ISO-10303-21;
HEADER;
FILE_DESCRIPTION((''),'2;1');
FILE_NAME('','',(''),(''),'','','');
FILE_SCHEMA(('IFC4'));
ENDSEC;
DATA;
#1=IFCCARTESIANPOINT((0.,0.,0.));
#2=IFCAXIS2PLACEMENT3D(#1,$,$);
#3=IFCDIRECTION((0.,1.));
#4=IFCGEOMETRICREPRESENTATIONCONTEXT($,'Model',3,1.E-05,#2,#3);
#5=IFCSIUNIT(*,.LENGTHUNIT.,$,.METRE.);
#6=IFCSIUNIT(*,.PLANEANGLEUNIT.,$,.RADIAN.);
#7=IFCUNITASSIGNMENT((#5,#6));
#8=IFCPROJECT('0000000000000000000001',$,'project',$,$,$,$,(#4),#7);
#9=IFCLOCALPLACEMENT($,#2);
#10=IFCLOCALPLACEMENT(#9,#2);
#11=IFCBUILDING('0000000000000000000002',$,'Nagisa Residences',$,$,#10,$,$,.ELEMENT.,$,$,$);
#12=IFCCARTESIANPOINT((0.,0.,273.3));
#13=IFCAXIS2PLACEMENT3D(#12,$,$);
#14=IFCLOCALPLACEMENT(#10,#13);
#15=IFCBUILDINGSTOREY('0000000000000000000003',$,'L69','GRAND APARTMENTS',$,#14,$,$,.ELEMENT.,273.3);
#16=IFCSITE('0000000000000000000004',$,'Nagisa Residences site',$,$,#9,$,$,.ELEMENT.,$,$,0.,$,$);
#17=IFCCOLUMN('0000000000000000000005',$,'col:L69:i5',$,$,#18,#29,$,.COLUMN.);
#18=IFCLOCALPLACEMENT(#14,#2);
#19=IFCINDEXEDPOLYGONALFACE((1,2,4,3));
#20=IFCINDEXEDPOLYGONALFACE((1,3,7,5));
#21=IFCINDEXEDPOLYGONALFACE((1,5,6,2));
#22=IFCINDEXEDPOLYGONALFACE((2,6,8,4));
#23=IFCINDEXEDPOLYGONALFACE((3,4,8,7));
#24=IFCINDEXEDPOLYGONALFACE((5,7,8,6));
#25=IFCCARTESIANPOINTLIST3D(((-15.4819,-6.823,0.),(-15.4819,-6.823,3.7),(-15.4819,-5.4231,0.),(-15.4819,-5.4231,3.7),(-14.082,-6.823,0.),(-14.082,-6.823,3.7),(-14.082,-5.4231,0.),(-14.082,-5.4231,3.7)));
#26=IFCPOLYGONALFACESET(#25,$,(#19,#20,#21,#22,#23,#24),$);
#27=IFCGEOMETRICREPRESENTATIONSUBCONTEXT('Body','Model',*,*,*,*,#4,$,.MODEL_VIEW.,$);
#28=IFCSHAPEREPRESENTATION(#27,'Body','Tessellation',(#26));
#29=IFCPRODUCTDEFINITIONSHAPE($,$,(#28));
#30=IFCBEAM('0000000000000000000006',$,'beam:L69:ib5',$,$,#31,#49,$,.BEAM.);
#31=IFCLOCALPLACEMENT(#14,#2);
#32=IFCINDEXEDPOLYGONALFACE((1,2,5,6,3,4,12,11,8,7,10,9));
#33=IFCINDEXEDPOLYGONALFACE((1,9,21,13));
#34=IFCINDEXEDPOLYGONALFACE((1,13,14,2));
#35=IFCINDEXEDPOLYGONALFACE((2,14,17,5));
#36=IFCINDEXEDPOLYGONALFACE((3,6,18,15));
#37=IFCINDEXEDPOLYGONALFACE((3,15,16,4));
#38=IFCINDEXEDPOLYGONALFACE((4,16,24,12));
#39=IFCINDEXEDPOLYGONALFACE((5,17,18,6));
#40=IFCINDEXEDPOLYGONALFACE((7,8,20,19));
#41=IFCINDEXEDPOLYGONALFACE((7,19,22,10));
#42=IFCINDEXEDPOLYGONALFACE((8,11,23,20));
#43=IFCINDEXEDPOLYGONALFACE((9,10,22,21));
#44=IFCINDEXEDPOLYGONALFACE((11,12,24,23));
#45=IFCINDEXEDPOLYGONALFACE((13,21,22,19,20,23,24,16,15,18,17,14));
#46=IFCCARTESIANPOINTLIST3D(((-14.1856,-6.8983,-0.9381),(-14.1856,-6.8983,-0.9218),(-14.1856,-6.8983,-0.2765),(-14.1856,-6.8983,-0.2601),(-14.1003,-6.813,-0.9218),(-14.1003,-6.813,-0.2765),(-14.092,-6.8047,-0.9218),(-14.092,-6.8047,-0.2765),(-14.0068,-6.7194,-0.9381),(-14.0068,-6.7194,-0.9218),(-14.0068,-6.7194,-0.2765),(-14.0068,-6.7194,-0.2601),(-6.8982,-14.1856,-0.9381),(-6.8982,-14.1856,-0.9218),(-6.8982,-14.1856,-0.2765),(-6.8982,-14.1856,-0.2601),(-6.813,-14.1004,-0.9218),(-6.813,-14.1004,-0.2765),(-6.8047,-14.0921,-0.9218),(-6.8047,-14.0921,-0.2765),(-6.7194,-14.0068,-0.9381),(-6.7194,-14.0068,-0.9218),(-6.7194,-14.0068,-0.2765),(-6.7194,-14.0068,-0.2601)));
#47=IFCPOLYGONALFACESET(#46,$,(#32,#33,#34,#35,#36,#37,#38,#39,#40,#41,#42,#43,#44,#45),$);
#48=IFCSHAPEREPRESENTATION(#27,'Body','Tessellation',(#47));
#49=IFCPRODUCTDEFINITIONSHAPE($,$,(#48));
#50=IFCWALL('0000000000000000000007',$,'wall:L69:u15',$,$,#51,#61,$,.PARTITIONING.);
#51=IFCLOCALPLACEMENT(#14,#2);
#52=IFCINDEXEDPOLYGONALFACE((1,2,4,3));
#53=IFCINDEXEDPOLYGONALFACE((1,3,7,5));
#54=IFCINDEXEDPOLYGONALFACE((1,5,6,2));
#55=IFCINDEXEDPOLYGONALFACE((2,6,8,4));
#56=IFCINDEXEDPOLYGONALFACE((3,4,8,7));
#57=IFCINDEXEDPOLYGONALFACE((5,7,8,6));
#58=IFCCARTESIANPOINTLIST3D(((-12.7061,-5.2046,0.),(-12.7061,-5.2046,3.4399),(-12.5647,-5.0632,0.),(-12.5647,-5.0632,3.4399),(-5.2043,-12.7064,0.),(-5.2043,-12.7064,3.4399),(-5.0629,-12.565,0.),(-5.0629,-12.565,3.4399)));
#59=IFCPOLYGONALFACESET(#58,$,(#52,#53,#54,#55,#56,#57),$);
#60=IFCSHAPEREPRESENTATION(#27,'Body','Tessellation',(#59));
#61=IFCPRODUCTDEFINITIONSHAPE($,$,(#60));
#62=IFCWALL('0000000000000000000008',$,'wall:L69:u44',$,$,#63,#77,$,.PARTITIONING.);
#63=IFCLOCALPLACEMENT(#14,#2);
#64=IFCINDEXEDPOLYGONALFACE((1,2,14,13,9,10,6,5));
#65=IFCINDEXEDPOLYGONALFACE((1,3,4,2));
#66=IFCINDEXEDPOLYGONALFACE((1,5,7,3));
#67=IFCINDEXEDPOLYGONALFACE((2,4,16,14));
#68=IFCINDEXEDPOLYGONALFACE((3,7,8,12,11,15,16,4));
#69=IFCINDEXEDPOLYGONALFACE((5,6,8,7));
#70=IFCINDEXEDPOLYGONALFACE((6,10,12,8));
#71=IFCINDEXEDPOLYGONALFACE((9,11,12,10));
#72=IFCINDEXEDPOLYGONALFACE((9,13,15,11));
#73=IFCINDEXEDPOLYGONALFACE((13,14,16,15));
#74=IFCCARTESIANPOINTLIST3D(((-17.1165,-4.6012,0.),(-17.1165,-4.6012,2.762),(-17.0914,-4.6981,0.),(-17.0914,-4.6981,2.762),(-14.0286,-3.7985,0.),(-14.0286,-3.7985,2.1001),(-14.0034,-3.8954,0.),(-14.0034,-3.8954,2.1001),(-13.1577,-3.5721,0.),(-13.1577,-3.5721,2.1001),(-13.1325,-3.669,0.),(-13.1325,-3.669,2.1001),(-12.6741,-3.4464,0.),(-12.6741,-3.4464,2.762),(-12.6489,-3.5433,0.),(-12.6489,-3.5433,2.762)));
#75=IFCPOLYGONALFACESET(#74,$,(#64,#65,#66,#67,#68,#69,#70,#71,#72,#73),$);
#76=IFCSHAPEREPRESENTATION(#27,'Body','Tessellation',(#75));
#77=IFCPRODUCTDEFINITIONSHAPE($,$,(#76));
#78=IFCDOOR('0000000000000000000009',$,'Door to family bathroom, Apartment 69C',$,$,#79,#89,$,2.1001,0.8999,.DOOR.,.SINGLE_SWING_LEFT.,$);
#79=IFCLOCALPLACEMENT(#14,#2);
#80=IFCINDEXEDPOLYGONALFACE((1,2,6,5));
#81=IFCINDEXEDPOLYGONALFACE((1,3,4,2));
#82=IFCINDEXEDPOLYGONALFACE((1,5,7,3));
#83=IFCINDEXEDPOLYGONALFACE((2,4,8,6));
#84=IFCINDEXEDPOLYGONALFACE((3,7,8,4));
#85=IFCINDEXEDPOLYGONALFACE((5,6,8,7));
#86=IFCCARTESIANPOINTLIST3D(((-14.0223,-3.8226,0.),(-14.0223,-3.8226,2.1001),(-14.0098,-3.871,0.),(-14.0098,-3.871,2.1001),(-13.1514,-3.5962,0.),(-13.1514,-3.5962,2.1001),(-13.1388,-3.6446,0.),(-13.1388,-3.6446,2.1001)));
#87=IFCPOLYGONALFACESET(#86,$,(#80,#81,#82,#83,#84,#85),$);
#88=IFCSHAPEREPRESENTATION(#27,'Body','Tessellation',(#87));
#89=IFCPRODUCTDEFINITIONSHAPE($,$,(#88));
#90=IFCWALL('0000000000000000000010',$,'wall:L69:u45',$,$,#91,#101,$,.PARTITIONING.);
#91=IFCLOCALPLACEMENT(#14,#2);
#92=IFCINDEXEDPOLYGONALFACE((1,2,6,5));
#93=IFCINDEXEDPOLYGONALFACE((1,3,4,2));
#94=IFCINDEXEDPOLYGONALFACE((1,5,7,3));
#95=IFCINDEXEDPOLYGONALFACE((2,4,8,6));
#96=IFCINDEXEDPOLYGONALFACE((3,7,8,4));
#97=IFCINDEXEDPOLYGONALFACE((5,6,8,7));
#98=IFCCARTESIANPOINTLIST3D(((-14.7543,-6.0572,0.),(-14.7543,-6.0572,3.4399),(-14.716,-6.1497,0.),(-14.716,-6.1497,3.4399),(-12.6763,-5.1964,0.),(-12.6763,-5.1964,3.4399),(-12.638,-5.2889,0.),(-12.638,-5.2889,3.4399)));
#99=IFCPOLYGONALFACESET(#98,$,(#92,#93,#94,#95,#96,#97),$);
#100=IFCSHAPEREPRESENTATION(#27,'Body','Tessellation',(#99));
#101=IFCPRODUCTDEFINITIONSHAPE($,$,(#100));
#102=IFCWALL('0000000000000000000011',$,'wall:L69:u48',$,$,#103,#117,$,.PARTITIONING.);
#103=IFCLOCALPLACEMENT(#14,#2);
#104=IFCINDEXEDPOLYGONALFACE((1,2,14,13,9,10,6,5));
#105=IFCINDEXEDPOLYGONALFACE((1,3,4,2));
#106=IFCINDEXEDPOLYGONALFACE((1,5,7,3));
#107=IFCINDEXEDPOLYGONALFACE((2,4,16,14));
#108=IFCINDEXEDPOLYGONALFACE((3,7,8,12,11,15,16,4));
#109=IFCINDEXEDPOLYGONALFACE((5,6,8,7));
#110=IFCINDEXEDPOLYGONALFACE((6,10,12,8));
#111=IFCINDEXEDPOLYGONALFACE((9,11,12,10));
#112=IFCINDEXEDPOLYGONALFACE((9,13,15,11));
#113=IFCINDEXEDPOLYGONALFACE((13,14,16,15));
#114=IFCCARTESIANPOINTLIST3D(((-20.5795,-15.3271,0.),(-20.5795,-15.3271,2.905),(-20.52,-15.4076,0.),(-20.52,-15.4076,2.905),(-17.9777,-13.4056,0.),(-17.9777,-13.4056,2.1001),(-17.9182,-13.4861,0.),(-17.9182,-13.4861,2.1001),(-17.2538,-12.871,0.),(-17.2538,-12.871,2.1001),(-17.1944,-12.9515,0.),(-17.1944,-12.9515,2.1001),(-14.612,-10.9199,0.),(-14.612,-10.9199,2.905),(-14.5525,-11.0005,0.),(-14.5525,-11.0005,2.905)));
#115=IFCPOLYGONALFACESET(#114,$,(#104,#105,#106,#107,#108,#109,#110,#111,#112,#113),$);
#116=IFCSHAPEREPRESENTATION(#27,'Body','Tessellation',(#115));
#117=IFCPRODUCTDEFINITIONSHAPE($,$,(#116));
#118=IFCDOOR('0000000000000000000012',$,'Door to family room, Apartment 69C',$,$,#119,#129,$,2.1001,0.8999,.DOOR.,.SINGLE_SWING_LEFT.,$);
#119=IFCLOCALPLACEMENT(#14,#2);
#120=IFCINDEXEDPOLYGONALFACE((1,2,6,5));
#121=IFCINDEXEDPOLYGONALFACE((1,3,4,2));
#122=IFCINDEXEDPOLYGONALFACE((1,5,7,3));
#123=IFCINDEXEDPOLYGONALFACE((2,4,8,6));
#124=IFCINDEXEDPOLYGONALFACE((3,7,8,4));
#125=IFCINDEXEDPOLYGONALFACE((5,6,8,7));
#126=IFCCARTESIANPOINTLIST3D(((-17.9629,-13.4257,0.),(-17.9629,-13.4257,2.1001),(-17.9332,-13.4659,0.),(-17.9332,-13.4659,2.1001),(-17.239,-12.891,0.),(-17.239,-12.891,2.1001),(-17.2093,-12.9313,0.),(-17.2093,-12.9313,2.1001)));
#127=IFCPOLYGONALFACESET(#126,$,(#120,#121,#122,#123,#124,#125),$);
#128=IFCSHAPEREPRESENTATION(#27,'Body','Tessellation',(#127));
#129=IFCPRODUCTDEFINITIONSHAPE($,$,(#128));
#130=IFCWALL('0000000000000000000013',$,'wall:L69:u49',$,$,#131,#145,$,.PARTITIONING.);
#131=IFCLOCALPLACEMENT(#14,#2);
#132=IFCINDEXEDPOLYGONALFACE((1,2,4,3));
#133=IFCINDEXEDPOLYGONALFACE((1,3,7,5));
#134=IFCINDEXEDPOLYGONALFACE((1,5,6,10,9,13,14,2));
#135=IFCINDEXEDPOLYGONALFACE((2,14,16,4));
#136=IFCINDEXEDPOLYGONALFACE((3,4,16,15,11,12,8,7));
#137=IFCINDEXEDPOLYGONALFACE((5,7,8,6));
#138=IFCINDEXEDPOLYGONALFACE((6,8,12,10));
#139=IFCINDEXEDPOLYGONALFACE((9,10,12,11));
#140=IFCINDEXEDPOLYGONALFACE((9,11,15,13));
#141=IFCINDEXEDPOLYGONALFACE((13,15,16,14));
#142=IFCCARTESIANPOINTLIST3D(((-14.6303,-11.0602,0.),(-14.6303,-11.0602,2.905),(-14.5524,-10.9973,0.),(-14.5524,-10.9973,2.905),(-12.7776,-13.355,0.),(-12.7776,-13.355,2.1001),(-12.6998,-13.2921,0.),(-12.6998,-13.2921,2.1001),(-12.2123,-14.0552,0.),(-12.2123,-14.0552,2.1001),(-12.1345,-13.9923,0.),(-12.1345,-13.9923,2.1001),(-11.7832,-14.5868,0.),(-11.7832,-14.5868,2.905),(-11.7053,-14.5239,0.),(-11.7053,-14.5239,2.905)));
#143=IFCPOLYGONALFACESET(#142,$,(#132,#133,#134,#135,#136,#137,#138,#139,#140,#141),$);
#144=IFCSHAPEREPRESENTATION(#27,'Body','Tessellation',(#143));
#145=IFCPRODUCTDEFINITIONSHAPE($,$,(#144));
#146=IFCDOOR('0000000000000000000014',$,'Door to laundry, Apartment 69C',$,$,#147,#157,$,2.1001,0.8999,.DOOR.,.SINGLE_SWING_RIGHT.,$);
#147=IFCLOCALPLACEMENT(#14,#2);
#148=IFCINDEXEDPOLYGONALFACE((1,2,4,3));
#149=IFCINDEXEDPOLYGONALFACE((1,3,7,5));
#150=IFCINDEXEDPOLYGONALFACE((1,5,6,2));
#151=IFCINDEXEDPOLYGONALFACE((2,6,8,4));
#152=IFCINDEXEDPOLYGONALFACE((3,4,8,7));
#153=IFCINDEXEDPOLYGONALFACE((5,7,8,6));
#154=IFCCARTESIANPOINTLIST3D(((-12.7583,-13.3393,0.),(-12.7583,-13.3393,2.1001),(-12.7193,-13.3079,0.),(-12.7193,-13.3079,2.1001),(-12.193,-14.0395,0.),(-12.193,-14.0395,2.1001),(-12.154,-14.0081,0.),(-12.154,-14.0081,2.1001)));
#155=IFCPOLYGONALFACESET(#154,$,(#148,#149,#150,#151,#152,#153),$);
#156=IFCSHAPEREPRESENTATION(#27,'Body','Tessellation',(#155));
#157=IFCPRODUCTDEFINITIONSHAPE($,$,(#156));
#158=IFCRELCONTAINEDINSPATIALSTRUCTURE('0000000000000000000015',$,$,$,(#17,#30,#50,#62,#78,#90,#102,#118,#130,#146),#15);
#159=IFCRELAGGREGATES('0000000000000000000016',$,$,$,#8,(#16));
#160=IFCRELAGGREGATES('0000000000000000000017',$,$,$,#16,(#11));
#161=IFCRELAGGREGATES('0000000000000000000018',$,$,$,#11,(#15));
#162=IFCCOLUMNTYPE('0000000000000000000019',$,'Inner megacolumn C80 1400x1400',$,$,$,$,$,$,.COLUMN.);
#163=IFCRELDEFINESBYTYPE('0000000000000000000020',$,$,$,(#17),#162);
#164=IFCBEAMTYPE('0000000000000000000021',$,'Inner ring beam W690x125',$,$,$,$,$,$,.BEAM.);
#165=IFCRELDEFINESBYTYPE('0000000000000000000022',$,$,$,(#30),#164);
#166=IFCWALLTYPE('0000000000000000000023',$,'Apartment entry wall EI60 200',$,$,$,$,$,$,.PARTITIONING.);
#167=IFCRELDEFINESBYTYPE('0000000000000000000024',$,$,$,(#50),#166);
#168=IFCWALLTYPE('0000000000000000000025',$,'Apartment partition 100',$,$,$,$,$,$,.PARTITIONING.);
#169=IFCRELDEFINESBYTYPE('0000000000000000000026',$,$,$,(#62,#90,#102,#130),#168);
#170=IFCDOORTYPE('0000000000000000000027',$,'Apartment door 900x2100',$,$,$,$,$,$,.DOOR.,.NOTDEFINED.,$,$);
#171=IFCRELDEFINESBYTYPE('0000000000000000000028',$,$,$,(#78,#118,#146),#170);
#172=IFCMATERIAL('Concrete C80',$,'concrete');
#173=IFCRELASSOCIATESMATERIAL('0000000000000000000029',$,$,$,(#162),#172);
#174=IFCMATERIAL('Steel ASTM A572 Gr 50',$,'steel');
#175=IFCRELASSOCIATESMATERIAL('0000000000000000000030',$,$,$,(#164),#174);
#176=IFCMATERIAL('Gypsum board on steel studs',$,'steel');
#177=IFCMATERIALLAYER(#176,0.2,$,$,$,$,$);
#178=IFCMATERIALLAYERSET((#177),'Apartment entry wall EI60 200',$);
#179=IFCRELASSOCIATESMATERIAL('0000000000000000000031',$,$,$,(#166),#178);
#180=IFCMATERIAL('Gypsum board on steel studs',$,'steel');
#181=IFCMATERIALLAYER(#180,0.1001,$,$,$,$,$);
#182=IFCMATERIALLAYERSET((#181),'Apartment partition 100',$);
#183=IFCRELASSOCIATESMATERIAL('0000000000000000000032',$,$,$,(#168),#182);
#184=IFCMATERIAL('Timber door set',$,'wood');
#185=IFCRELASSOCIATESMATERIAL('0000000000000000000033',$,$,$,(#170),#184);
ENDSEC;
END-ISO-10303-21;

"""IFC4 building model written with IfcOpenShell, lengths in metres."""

from ifc_helpers import new_model, si_unit, direction, frame, frame_2d, origin, origin_2d, place, context, subcontext, project, spatial, rectangle, i_section, extrude, material, layer, layer_set, material_profile, profile_set, type_object, element, fill, save


model = new_model("IFC4")

# Units and contexts
model_context = context("Model", 3, precision=1e-05, world=origin(), true_north=direction((0.0, 1.0)))
body_context = subcontext(model_context, "Body", "Model", "MODEL_VIEW")
ifc_project = project(units=[si_unit("LENGTHUNIT", "METRE"), si_unit("PLANEANGLEUNIT", "RADIAN")], contexts=[model_context])

# Site, building, storey
site_placement = place(None, origin())
site = spatial("IfcSite", under=ifc_project, at=site_placement, Name="Nagisa Residences site", CompositionType="ELEMENT", RefElevation=0.0)
building_placement = place(site_placement, origin())
building = spatial("IfcBuilding", under=site, at=building_placement, Name="Nagisa Residences", CompositionType="ELEMENT")
storey_placement = place(building_placement, frame((0.0, 0.0, 273.3)))
storey = spatial("IfcBuildingStorey", under=building, at=storey_placement, Name="L69", Description="GRAND APARTMENTS", CompositionType="ELEMENT", Elevation=273.3)

# Column
ifc_material_1 = material(Name="Concrete C80", Category="concrete")
ifc_material_profile_1 = material_profile(ifc_material_1, rectangle(XDim=1.3999, YDim=1.3999, at=origin_2d()), Name="C80 1400x1400")
ifc_profile_set_1 = profile_set([ifc_material_profile_1], Name="Concrete C80")
column_type = type_object("IfcColumnType", Name="Inner megacolumn C80 1400x1400", PredefinedType="COLUMN", material=ifc_profile_set_1)
column_placement = place(storey_placement, frame((-14.782, -6.123, 0.0), z_axis=(0.0, 0.0, 1.0), x_axis=(1.0, 0.0, 0.0)))
element("IfcColumn", 1, at=column_placement, inside=storey, type_object=column_type, Name="col:L69:i5", PredefinedType="COLUMN", context=body_context, shape_type="SweptSolid", body=[
    extrude(rectangle(XDim=1.3999, YDim=1.3999, at=origin_2d()), origin(), (0.0, 0.0, 1.0), 3.7),
])

# Beam
ifc_material_2 = material(Name="Steel ASTM A572 Gr 50", Category="steel")
ifc_material_profile_2 = material_profile(ifc_material_2, i_section(OverallWidth=0.2529, OverallDepth=0.678, WebThickness=0.0117, FlangeThickness=0.0164, at=origin_2d()), Name="W690x125")
ifc_profile_set_2 = profile_set([ifc_material_profile_2], Name="Steel ASTM A572 Gr 50")
beam_type = type_object("IfcBeamType", Name="Inner ring beam W690x125", PredefinedType="BEAM", material=ifc_profile_set_2)
beam_placement = place(storey_placement, frame((-14.0962, -6.8088, -0.5991), z_axis=(0.707107, -0.707107, 0.0), x_axis=(0.707107, 0.707107, 0.0)))
element("IfcBeam", 2, at=beam_placement, inside=storey, type_object=beam_type, Name="beam:L69:ib5", PredefinedType="BEAM", context=body_context, shape_type="SweptSolid", body=[
    extrude(i_section(OverallWidth=0.2529, OverallDepth=0.678, WebThickness=0.0117, FlangeThickness=0.0164, at=origin_2d()), origin(), (0.0, 0.0, 1.0), 10.3059),
])

# Wall
ifc_material_3 = material(Name="Gypsum board on steel studs", Category="steel")
ifc_layer_1 = layer(ifc_material_3, 0.2)
ifc_layer_set_1 = layer_set([ifc_layer_1], Name="Apartment entry wall EI60 200")
wall_type_1 = type_object("IfcWallType", Name="Apartment entry wall EI60 200", PredefinedType="PARTITIONING", material=ifc_layer_set_1)
wall_1_placement = place(storey_placement, frame((-12.6355, -5.1338, 0.0), z_axis=(0.0, 0.0, 1.0), x_axis=(0.707107, -0.707107, 0.0)))
element("IfcWall", 3, at=wall_1_placement, inside=storey, type_object=wall_type_1, Name="wall:L69:u15", PredefinedType="PARTITIONING", context=body_context, shape_type="SweptSolid", body=[
    extrude(rectangle(XDim=10.6091, YDim=0.2, at=frame_2d((5.3047, 0.0))), origin(), (0.0, 0.0, 1.0), 3.4399),
])

# Wall, opening, door
ifc_material_4 = material(Name="Gypsum board on steel studs", Category="steel")
ifc_layer_2 = layer(ifc_material_4, 0.1001)
ifc_layer_set_2 = layer_set([ifc_layer_2], Name="Apartment partition 100")
wall_type_2 = type_object("IfcWallType", Name="Apartment partition 100", PredefinedType="PARTITIONING", material=ifc_layer_set_2)
wall_2_placement = place(storey_placement, frame((-12.6616, -3.4949, 0.0), z_axis=(0.0, 0.0, 1.0), x_axis=(-0.967835, -0.251586, 0.0)))
wall_2 = element("IfcWall", 4, at=wall_2_placement, inside=storey, type_object=wall_type_2, Name="wall:L69:u44", PredefinedType="PARTITIONING", context=body_context, shape_type="SweptSolid", body=[
    extrude(rectangle(XDim=4.5901, YDim=0.1001, at=frame_2d((2.2949, 0.0))), origin(), (0.0, 0.0, 1.0), 2.762),
])
opening_1_placement = place(wall_2_placement, frame((0.4995, 0.0, 0.0)))
opening_1 = element("IfcOpeningElement", 5, at=opening_1_placement, cuts=wall_2, PredefinedType="OPENING", context=body_context, shape_type="SweptSolid", body=[
    extrude(rectangle(XDim=0.8999, YDim=2.1001, at=frame_2d((0.45, 1.05))), frame((0.0, 0.0601, 0.0), z_axis=(0.0, -1.0, 0.0), x_axis=(1.0, 0.0, 0.0)), (0.0, 0.0, 1.0), 0.1201),
])
ifc_material_5 = material(Name="Timber door set", Category="wood")
door_type_1 = type_object("IfcDoorType", Name="Apartment door 900x2100", OperationType="NOTDEFINED", PredefinedType="DOOR", material=ifc_material_5)
door_1_placement = place(opening_1_placement, origin())
door_1 = element("IfcDoor", 6, at=door_1_placement, inside=storey, type_object=door_type_1, Name="Door to family bathroom, Apartment 69C", OperationType="SINGLE_SWING_LEFT", OverallHeight=2.1001, OverallWidth=0.8999, PredefinedType="DOOR", context=body_context, shape_type="SweptSolid", body=[
    extrude(rectangle(XDim=0.8999, YDim=2.1001, at=frame_2d((0.45, 1.05))), frame((0.0, 0.0249, 0.0), z_axis=(0.0, -1.0, 0.0), x_axis=(1.0, 0.0, 0.0)), (0.0, 0.0, 1.0), 0.05),
])
fill(opening_1, door_1)

# Wall
wall_3_placement = place(storey_placement, frame((-12.6572, -5.2427, 0.0), z_axis=(0.0, 0.0, 1.0), x_axis=(-0.923871, -0.382703, 0.0)))
element("IfcWall", 7, at=wall_3_placement, inside=storey, type_object=wall_type_2, Name="wall:L69:u45", PredefinedType="PARTITIONING", context=body_context, shape_type="SweptSolid", body=[
    extrude(rectangle(XDim=2.2493, YDim=0.1001, at=frame_2d((1.1245, 0.0))), origin(), (0.0, 0.0, 1.0), 3.4399),
])

# Walls, openings, doors
wall_4_placement = place(storey_placement, frame((-14.5823, -10.9602, 0.0), z_axis=(0.0, 0.0, 1.0), x_axis=(-0.804405, -0.594081, 0.0)))
wall_4 = element("IfcWall", 8, at=wall_4_placement, inside=storey, type_object=wall_type_2, Name="wall:L69:u48", PredefinedType="PARTITIONING", context=body_context, shape_type="SweptSolid", body=[
    extrude(rectangle(XDim=7.4185, YDim=0.1001, at=frame_2d((3.7092, 0.0))), origin(), (0.0, 0.0, 1.0), 2.905),
])
opening_2_placement = place(wall_4_placement, frame((3.2842, 0.0, 0.0)))
opening_2 = element("IfcOpeningElement", 9, at=opening_2_placement, cuts=wall_4, PredefinedType="OPENING", context=body_context, shape_type="SweptSolid", body=[
    extrude(rectangle(XDim=0.8999, YDim=2.1001, at=frame_2d((0.45, 1.05))), frame((0.0, 0.0601, 0.0), z_axis=(0.0, -1.0, 0.0), x_axis=(1.0, 0.0, 0.0)), (0.0, 0.0, 1.0), 0.1201),
])
door_2_placement = place(opening_2_placement, origin())
door_2 = element("IfcDoor", 10, at=door_2_placement, inside=storey, type_object=door_type_1, Name="Door to family room, Apartment 69C", OperationType="SINGLE_SWING_LEFT", OverallHeight=2.1001, OverallWidth=0.8999, PredefinedType="DOOR", context=body_context, shape_type="SweptSolid", body=[
    extrude(rectangle(XDim=0.8999, YDim=2.1001, at=frame_2d((0.45, 1.05))), frame((0.0, 0.0249, 0.0), z_axis=(0.0, -1.0, 0.0), x_axis=(1.0, 0.0, 0.0)), (0.0, 0.0, 1.0), 0.05),
])
fill(opening_2, door_2)
wall_5_placement = place(storey_placement, frame((-14.5913, -11.0288, 0.0), z_axis=(0.0, 0.0, 1.0), x_axis=(0.62817, -0.778076, 0.0)))
wall_5 = element("IfcWall", 11, at=wall_5_placement, inside=storey, type_object=wall_type_2, Name="wall:L69:u49", PredefinedType="PARTITIONING", context=body_context, shape_type="SweptSolid", body=[
    extrude(rectangle(XDim=4.5325, YDim=0.1001, at=frame_2d((2.2661, 0.0))), origin(), (0.0, 0.0, 1.0), 2.905),
])
opening_3_placement = place(wall_5_placement, frame((2.9492, 0.0, 0.0)))
opening_3 = element("IfcOpeningElement", 12, at=opening_3_placement, cuts=wall_5, PredefinedType="OPENING", context=body_context, shape_type="SweptSolid", body=[
    extrude(rectangle(XDim=0.8999, YDim=2.1001, at=frame_2d((0.45, 1.05))), frame((0.0, 0.0601, 0.0), z_axis=(0.0, -1.0, 0.0), x_axis=(1.0, 0.0, 0.0)), (0.0, 0.0, 1.0), 0.1201),
])
door_3_placement = place(opening_3_placement, origin())
door_3 = element("IfcDoor", 13, at=door_3_placement, inside=storey, type_object=door_type_1, Name="Door to laundry, Apartment 69C", OperationType="SINGLE_SWING_RIGHT", OverallHeight=2.1001, OverallWidth=0.8999, PredefinedType="DOOR", context=body_context, shape_type="SweptSolid", body=[
    extrude(rectangle(XDim=0.8999, YDim=2.1001, at=frame_2d((0.45, 1.05))), frame((0.0, 0.0249, 0.0), z_axis=(0.0, -1.0, 0.0), x_axis=(1.0, 0.0, 0.0)), (0.0, 0.0, 1.0), 0.05),
])
fill(opening_3, door_3)

save(model, "model.ifc")
